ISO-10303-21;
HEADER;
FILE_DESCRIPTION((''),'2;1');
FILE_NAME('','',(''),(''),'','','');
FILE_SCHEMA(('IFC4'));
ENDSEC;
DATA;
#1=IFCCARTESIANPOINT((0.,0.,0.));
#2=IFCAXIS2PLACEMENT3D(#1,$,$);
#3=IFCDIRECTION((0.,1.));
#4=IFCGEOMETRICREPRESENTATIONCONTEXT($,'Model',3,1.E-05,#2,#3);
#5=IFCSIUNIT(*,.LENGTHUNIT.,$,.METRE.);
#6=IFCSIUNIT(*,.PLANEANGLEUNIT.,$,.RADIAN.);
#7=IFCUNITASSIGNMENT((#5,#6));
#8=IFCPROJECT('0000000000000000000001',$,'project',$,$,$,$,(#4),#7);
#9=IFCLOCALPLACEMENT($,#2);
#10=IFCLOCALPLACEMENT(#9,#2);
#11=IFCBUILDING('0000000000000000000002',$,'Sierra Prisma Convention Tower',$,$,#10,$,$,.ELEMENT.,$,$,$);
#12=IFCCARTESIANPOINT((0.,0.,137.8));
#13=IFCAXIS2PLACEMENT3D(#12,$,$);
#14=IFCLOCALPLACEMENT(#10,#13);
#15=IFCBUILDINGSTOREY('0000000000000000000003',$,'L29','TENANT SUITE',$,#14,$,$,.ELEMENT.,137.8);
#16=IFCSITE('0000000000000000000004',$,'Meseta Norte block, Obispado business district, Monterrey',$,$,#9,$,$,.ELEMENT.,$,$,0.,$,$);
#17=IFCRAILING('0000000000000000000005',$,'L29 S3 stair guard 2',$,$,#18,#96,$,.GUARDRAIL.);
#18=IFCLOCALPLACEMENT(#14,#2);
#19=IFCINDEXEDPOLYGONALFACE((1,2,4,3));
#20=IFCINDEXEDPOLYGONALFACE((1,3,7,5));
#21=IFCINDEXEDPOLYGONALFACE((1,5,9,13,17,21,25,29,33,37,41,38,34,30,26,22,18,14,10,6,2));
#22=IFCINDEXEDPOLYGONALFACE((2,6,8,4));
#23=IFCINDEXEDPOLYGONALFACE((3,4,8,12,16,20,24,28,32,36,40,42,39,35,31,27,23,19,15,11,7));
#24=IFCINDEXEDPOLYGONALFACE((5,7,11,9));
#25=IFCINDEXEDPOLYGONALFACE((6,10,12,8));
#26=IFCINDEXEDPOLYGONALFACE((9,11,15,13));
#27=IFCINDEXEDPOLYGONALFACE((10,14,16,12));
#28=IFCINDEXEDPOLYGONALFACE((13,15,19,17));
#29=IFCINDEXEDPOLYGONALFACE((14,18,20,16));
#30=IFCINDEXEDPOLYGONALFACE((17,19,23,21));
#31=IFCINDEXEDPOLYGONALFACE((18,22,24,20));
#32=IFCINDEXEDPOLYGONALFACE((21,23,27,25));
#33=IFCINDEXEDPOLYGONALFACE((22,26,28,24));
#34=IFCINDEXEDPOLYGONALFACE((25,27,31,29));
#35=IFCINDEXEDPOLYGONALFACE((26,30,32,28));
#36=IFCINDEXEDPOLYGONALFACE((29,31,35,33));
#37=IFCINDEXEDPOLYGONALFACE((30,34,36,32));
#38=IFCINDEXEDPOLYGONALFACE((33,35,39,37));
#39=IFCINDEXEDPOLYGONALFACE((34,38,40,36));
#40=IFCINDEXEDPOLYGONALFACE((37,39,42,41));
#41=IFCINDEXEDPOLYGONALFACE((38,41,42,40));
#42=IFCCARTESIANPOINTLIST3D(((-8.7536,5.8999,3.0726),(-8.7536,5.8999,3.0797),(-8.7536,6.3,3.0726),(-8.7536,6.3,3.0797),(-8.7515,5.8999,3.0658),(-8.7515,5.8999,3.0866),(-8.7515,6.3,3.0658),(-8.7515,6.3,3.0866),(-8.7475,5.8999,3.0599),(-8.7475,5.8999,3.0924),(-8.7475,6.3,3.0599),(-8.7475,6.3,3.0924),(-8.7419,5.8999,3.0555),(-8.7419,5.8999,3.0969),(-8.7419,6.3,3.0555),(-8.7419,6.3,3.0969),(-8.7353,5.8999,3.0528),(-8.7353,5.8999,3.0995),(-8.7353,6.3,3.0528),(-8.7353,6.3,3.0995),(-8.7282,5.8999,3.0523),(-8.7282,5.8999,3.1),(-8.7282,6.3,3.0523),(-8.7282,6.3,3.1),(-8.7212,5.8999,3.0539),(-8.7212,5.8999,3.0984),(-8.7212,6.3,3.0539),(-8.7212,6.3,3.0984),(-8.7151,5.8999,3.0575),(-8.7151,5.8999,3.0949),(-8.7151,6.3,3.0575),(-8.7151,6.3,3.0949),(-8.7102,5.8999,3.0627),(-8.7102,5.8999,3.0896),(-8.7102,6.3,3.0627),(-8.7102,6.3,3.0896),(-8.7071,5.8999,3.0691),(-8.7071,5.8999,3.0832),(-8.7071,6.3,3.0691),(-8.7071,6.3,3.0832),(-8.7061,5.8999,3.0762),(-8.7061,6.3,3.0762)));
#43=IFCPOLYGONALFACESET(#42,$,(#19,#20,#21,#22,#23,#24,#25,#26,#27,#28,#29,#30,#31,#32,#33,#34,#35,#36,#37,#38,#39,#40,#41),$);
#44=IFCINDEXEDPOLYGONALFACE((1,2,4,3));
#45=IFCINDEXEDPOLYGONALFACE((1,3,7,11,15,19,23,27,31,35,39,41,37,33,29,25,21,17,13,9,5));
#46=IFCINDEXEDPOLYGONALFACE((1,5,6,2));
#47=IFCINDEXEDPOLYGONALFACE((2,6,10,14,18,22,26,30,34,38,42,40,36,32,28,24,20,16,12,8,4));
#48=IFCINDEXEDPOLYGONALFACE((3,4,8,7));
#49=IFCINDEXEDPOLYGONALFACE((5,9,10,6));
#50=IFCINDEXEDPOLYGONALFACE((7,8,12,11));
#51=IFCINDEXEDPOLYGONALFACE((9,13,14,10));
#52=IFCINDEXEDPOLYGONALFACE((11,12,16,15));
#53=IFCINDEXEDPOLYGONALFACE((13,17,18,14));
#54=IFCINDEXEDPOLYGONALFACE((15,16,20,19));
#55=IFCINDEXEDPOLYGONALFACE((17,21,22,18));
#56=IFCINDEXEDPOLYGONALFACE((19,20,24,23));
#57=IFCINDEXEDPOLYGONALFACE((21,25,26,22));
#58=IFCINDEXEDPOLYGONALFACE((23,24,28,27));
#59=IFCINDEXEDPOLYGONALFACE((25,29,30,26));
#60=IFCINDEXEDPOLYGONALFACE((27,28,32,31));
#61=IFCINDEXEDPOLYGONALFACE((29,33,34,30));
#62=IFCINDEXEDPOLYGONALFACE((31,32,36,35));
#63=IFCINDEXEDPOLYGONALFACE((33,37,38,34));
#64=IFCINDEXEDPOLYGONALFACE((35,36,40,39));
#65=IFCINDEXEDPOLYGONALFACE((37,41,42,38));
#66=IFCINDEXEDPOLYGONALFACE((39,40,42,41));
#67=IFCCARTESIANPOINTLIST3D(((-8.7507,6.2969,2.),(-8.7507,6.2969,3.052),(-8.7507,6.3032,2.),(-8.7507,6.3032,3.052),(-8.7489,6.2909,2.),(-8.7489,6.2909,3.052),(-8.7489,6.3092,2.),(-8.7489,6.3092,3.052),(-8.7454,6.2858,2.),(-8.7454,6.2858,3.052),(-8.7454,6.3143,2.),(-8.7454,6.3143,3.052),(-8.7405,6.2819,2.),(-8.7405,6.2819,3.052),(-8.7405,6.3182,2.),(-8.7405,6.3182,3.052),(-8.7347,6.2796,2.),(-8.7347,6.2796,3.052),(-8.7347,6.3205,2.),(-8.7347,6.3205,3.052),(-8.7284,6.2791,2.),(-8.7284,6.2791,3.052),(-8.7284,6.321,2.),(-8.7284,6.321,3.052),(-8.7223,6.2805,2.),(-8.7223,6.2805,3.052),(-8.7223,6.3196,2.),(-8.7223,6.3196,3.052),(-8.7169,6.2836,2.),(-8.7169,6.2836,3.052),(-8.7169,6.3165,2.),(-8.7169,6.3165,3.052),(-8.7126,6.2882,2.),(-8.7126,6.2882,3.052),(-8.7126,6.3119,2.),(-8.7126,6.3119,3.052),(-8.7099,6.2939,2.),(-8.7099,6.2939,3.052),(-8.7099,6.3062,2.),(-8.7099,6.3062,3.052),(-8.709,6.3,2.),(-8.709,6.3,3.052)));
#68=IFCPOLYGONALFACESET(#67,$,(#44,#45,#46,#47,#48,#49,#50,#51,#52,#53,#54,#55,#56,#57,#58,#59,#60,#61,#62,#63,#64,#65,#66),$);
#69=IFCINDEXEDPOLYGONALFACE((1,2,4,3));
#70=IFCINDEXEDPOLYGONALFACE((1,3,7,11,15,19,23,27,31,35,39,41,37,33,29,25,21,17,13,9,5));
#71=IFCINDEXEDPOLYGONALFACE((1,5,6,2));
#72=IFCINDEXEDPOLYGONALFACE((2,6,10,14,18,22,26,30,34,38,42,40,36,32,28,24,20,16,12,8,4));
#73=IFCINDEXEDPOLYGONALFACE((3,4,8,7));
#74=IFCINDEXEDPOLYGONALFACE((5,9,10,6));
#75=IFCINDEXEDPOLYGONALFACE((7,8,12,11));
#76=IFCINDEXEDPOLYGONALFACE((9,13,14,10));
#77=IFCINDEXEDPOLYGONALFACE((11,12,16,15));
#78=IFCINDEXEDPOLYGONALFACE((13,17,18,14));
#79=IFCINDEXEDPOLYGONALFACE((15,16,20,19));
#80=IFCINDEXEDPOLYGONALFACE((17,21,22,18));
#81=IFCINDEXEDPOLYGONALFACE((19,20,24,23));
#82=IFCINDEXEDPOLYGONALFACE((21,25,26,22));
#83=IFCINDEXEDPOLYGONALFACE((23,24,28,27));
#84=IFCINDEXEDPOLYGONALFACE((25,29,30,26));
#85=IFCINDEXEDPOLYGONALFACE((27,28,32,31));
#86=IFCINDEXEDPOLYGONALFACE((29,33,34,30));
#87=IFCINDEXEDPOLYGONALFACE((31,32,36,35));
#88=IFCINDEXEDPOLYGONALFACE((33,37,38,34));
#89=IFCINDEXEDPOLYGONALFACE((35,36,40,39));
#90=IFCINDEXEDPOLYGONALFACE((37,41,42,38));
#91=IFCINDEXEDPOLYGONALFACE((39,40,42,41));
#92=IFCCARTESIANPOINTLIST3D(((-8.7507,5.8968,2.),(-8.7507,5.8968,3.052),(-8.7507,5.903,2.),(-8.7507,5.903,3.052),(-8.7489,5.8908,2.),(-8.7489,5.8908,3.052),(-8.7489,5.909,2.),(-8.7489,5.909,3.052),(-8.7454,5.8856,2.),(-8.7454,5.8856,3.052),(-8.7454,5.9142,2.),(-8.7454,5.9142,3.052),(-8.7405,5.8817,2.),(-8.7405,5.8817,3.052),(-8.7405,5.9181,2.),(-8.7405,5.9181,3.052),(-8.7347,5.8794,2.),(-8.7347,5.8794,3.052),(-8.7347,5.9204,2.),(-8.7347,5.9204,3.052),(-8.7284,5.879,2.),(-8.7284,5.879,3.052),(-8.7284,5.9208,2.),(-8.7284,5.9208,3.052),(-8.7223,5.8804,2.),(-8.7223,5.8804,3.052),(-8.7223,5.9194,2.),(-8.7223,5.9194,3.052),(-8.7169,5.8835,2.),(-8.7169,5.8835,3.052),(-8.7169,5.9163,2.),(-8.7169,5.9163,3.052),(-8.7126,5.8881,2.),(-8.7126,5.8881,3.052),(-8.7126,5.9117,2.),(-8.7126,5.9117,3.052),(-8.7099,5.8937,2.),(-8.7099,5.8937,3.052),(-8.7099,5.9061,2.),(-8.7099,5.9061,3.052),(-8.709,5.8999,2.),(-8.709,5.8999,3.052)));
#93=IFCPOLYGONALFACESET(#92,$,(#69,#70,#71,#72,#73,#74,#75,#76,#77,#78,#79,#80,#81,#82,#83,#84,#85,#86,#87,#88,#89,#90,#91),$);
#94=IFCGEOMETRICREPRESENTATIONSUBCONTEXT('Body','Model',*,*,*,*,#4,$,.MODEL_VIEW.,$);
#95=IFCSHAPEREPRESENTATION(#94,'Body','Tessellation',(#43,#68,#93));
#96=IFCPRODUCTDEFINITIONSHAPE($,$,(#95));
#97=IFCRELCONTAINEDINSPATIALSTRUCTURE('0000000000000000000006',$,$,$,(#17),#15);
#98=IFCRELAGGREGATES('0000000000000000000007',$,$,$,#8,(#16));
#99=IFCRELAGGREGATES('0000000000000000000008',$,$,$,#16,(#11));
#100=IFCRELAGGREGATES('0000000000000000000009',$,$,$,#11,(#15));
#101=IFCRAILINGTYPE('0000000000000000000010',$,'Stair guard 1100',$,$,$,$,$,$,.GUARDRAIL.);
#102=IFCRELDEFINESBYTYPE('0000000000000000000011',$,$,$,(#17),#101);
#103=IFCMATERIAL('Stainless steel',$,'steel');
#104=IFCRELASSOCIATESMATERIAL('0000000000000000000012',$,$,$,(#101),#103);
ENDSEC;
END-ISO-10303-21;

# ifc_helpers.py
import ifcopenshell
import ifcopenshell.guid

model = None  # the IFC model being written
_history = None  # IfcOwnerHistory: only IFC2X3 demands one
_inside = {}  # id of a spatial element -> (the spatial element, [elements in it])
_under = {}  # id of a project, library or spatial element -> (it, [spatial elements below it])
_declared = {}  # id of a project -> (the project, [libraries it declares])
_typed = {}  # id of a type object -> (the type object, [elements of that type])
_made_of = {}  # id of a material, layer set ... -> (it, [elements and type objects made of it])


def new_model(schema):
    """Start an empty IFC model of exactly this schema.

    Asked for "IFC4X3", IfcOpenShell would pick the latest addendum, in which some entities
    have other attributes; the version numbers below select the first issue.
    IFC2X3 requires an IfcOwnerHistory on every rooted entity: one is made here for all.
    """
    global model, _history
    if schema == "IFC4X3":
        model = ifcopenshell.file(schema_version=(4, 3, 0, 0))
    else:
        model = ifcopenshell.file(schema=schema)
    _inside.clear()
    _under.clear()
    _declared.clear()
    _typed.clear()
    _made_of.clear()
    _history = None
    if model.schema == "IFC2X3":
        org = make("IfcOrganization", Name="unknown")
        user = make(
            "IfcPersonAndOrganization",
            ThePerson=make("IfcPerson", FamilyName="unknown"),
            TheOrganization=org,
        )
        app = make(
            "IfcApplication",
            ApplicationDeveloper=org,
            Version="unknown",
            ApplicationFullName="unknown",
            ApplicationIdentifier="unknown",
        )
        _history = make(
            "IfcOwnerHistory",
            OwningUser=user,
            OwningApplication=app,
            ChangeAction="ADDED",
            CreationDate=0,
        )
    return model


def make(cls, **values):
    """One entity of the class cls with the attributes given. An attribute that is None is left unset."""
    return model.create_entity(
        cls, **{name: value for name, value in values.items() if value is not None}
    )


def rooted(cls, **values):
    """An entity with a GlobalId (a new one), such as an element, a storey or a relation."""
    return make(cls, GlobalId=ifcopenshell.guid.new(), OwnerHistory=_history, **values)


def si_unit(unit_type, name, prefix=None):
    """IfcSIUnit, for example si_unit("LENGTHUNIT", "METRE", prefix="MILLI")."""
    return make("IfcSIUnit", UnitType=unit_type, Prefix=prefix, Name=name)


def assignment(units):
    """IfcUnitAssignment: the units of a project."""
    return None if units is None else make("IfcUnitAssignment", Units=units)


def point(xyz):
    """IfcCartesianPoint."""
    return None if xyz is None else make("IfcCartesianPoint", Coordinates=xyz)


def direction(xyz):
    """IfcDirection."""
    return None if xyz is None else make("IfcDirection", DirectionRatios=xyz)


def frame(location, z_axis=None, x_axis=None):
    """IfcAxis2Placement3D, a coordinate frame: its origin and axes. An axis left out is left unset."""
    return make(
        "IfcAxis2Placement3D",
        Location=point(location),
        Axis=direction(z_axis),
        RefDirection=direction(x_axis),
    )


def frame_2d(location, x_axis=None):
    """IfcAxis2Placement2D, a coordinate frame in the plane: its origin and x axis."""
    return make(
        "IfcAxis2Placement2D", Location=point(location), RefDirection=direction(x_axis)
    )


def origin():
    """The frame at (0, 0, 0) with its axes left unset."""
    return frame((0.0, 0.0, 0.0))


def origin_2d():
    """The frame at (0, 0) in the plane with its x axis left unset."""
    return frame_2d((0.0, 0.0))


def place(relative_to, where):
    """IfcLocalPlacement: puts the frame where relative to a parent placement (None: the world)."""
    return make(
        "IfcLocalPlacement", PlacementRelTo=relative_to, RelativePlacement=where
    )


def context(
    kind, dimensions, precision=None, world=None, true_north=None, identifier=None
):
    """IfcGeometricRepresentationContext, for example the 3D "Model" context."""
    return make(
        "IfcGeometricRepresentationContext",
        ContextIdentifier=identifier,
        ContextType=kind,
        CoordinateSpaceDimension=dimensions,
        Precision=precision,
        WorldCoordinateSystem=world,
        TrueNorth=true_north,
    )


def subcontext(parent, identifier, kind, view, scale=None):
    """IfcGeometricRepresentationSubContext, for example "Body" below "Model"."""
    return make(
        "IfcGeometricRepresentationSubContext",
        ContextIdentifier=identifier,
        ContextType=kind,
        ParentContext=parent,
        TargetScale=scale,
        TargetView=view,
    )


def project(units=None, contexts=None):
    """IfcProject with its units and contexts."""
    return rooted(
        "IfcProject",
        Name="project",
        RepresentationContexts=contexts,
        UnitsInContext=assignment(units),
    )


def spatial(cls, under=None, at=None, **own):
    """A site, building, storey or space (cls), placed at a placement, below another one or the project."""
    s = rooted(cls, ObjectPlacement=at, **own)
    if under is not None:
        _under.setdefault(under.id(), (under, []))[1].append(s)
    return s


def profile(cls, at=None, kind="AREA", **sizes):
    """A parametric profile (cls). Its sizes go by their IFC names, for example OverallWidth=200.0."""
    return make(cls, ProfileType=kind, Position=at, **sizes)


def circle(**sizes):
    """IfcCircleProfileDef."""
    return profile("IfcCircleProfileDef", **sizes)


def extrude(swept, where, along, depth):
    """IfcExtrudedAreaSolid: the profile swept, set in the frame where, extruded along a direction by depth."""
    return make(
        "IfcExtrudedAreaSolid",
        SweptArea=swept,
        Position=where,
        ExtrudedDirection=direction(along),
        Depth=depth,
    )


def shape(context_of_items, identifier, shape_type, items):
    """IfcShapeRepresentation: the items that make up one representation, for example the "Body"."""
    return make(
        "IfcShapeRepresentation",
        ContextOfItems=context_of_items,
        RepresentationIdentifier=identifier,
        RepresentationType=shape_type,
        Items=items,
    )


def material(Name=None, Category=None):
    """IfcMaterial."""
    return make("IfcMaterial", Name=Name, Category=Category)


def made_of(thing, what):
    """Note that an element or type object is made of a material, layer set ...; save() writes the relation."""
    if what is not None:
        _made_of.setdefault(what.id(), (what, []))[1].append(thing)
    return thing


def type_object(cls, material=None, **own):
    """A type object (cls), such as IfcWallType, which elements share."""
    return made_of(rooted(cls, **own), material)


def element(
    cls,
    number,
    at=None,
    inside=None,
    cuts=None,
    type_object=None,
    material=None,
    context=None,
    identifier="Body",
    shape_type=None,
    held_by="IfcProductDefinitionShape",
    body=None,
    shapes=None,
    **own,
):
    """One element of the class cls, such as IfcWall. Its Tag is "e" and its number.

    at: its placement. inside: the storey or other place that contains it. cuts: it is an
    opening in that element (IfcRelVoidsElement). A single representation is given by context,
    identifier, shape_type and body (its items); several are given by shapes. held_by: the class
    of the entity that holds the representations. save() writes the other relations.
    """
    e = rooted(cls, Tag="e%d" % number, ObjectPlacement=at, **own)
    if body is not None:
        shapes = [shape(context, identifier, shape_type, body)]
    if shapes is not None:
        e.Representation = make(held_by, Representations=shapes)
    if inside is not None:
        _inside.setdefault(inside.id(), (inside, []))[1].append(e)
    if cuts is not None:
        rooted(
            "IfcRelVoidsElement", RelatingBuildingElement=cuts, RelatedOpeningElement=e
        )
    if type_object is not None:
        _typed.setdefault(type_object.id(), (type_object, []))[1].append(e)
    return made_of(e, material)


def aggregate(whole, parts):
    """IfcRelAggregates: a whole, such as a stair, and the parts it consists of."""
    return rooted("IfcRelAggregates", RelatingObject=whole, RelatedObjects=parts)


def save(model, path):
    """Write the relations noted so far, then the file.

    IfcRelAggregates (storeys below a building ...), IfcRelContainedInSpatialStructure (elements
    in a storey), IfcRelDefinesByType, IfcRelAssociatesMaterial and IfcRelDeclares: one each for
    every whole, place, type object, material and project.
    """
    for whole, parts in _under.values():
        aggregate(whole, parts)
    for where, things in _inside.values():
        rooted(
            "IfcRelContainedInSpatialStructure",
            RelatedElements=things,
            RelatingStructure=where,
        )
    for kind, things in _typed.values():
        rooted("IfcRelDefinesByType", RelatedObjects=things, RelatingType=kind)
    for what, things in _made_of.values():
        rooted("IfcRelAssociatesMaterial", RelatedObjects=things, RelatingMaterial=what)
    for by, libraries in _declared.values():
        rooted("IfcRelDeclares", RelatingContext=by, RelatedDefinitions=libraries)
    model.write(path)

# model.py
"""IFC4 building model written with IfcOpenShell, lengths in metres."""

from ifc_helpers import new_model, si_unit, direction, frame, origin, origin_2d, place, context, subcontext, project, spatial, circle, extrude, material, type_object, element, save


model = new_model("IFC4")

# Units and contexts
model_context = context("Model", 3, precision=1e-05, world=origin(), true_north=direction((0.0, 1.0)))
body_context = subcontext(model_context, "Body", "Model", "MODEL_VIEW")
ifc_project = project(units=[si_unit("LENGTHUNIT", "METRE"), si_unit("PLANEANGLEUNIT", "RADIAN")], contexts=[model_context])

# Site, building, storey
site_placement = place(None, origin())
site = spatial("IfcSite", under=ifc_project, at=site_placement, Name="Meseta Norte block, Obispado business district, Monterrey", CompositionType="ELEMENT", RefElevation=0.0)
building_placement = place(site_placement, origin())
building = spatial("IfcBuilding", under=site, at=building_placement, Name="Sierra Prisma Convention Tower", CompositionType="ELEMENT")
storey_placement = place(building_placement, frame((0.0, 0.0, 137.8)))
storey = spatial("IfcBuildingStorey", under=building, at=storey_placement, Name="L29", Description="TENANT SUITE", CompositionType="ELEMENT", Elevation=137.8)

# Railing
ifc_material_1 = material(Name="Stainless steel", Category="steel")
railing_type_1 = type_object("IfcRailingType", Name="Stair guard 1100", PredefinedType="GUARDRAIL", material=ifc_material_1)
railing_1_placement = place(storey_placement, frame((-8.73, 6.3, 2.0)))
element("IfcRailing", 1, at=railing_1_placement, inside=storey, type_object=railing_type_1, Name="L29 S3 stair guard 2", PredefinedType="GUARDRAIL", context=body_context, shape_type="SweptSolid", body=[
    extrude(circle(Radius=0.0239, at=origin_2d()), frame((0.0, 0.0, 1.0762), z_axis=(0.0, -1.0, 0.0), x_axis=(1.0, 0.0, 0.0)), (0.0, 0.0, 1.0), 0.4001),
    extrude(circle(Radius=0.021, at=origin_2d()), origin(), (0.0, 0.0, 1.0), 1.052),
    extrude(circle(Radius=0.021, at=origin_2d()), frame((0.0, -0.4001, 0.0)), (0.0, 0.0, 1.0), 1.052),
])

save(model, "model.ifc")
